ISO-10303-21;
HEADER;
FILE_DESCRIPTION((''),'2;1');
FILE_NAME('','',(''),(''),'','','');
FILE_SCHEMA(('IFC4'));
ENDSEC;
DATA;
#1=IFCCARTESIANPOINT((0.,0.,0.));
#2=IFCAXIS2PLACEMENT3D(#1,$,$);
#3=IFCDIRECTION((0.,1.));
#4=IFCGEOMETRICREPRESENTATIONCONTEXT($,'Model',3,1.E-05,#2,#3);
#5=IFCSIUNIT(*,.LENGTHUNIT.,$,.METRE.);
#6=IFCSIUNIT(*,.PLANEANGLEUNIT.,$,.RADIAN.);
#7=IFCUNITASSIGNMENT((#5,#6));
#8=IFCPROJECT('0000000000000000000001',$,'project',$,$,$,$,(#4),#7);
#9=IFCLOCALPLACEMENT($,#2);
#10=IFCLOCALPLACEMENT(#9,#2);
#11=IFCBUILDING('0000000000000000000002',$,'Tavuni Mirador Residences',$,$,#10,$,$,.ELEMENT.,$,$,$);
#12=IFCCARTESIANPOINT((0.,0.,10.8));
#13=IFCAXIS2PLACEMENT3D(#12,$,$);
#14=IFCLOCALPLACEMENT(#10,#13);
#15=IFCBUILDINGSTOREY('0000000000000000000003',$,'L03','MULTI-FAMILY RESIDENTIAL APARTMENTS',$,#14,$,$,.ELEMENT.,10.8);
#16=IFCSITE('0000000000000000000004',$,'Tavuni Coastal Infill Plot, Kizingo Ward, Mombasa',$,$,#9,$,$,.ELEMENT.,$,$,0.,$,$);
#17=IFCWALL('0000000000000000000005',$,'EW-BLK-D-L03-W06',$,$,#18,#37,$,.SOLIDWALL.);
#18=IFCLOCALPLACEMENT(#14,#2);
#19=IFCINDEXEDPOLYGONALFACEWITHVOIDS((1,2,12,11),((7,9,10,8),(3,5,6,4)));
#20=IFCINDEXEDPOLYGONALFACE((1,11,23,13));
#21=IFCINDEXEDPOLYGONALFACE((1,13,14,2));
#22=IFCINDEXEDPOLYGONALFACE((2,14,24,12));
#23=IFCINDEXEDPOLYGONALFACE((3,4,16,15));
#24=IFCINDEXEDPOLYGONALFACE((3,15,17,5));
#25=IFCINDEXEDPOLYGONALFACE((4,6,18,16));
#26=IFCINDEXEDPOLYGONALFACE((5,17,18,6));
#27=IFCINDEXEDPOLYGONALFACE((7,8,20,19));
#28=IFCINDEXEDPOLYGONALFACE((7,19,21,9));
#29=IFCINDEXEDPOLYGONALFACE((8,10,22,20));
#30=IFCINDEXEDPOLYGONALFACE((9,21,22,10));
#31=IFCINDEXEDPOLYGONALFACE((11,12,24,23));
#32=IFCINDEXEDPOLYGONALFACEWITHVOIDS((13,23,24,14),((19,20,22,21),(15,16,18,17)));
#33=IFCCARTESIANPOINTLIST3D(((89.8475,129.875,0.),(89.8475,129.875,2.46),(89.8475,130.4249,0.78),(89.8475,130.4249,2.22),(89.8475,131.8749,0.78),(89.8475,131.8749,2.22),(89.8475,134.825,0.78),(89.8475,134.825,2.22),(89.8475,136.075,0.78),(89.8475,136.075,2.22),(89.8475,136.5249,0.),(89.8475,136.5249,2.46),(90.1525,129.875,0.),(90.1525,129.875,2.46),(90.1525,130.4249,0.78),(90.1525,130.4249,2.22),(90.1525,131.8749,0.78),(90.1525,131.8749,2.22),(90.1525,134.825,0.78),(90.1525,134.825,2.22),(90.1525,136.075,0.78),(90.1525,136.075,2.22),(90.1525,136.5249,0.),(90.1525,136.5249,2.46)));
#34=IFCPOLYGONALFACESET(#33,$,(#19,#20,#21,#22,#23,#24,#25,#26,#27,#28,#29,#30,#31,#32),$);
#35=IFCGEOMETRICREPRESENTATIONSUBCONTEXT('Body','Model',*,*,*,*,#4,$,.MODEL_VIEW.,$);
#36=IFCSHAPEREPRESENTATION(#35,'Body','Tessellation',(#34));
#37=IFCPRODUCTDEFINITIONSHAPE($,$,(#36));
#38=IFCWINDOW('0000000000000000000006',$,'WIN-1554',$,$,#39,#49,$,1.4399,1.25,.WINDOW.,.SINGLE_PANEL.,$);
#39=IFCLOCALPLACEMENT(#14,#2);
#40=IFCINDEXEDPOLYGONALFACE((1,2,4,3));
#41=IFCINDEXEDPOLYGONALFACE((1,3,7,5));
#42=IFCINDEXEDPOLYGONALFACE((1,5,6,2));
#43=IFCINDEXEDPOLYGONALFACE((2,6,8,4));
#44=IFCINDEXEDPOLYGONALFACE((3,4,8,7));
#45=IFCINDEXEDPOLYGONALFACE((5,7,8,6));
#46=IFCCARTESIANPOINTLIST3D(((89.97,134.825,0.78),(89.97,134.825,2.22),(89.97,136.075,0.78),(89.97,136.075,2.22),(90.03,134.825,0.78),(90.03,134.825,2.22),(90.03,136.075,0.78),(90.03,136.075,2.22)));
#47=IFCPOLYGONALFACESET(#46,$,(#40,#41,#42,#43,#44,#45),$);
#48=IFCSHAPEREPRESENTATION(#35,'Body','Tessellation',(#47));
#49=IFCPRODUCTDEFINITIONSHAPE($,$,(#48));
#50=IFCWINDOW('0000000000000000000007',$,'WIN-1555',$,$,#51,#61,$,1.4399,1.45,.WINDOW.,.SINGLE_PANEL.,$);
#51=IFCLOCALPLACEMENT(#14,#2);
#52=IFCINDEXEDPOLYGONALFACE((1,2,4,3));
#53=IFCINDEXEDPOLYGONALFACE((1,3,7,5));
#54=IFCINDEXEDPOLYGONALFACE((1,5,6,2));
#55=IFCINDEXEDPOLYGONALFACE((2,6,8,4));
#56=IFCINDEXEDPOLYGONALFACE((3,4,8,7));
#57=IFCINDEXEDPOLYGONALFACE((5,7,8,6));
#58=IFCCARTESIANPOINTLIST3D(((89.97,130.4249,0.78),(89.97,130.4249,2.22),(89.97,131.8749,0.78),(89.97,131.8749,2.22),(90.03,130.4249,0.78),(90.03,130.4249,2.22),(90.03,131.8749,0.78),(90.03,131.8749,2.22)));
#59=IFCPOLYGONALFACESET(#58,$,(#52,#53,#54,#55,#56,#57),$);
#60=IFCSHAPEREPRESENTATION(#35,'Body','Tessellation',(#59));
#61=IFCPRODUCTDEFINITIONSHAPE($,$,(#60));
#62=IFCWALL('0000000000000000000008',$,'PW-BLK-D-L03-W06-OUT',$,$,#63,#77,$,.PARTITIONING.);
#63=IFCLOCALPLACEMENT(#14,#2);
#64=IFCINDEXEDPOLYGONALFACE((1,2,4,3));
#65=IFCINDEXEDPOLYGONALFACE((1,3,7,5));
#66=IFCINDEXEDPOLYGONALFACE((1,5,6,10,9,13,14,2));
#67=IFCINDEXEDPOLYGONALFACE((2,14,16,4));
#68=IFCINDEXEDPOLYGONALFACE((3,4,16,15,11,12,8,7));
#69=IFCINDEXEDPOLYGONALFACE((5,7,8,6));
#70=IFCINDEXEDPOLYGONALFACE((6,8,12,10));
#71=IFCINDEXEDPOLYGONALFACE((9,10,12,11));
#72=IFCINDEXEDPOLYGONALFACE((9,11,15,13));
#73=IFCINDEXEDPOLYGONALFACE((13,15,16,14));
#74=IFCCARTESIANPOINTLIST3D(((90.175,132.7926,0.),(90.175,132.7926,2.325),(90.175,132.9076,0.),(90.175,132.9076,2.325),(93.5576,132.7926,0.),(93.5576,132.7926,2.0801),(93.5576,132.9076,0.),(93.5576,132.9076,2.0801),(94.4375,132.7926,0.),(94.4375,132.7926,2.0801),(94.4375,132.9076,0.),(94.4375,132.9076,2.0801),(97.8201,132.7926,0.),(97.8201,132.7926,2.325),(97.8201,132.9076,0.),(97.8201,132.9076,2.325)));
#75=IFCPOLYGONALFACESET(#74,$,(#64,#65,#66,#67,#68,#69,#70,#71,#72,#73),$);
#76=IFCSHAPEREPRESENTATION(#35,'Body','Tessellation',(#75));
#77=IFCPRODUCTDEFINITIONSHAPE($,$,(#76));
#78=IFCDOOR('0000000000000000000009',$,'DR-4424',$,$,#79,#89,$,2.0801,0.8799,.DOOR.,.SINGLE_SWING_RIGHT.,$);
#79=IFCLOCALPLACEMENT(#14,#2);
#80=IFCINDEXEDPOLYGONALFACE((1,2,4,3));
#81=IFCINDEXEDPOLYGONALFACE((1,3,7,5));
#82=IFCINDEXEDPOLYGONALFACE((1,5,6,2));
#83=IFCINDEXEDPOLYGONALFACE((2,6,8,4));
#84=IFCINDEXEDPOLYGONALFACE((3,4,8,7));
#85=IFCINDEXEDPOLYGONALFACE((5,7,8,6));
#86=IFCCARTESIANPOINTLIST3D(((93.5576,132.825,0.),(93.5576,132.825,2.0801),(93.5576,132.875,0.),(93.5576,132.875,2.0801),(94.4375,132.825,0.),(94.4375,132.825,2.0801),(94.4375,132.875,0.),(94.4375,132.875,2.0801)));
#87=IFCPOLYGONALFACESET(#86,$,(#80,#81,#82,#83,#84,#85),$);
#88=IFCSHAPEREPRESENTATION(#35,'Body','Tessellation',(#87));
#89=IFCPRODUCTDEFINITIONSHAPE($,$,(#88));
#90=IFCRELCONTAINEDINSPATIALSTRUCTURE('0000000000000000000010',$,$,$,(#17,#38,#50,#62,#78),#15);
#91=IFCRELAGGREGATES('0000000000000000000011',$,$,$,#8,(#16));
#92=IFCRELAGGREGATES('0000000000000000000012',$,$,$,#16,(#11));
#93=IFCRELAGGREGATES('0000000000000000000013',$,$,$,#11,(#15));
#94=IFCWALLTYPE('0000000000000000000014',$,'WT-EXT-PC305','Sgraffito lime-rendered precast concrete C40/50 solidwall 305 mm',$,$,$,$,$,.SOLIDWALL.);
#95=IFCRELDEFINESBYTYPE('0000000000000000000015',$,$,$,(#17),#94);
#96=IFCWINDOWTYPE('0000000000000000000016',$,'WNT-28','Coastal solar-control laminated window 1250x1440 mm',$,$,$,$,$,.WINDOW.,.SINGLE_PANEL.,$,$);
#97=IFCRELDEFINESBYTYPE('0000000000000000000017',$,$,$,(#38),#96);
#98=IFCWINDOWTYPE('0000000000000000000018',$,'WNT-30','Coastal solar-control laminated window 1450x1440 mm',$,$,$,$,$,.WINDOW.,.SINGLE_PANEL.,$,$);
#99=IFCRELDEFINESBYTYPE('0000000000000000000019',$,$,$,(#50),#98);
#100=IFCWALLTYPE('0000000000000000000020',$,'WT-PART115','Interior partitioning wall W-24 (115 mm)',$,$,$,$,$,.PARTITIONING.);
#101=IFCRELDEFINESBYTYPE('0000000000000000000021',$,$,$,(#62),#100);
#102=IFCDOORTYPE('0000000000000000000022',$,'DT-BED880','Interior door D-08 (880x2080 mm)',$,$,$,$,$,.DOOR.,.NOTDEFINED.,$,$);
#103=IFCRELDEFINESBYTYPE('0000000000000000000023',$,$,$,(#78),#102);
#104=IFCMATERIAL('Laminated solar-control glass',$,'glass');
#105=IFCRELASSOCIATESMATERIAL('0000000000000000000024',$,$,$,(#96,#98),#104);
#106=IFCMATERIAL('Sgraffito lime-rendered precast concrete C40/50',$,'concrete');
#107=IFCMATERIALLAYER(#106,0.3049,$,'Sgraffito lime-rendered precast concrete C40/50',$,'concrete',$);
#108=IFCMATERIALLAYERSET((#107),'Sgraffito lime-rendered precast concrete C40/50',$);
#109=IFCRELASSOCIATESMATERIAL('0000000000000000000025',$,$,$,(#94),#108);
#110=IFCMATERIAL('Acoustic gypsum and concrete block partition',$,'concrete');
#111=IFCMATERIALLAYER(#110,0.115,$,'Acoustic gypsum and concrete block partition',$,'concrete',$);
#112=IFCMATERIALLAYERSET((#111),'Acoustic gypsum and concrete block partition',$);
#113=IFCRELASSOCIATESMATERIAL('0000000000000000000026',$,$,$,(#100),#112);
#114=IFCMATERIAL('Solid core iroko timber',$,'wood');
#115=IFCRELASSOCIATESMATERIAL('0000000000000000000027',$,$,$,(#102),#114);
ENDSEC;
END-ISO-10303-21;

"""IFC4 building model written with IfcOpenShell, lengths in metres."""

from ifc_helpers import new_model, si_unit, direction, frame, frame_2d, origin, place, context, subcontext, project, spatial, rectangle, extrude, material, layer, layer_set, type_object, element, fill, save


model = new_model("IFC4")

# Units and contexts
model_context = context("Model", 3, precision=1e-05, world=origin(), true_north=direction((0.0, 1.0)))
body_context = subcontext(model_context, "Body", "Model", "MODEL_VIEW")
ifc_project = project(units=[si_unit("LENGTHUNIT", "METRE"), si_unit("PLANEANGLEUNIT", "RADIAN")], contexts=[model_context])

# Site, building, storey
site_placement = place(None, origin())
site = spatial("IfcSite", under=ifc_project, at=site_placement, Name="Tavuni Coastal Infill Plot, Kizingo Ward, Mombasa", CompositionType="ELEMENT", RefElevation=0.0)
building_placement = place(site_placement, origin())
building = spatial("IfcBuilding", under=site, at=building_placement, Name="Tavuni Mirador Residences", CompositionType="ELEMENT")
storey_placement = place(building_placement, frame((0.0, 0.0, 10.8)))
storey = spatial("IfcBuildingStorey", under=building, at=storey_placement, Name="L03", Description="MULTI-FAMILY RESIDENTIAL APARTMENTS", CompositionType="ELEMENT", Elevation=10.8)

# Wall, openings, windows
ifc_material_1 = material(Name="Sgraffito lime-rendered precast concrete C40/50", Category="concrete")
ifc_material_2 = material(Name="Laminated solar-control glass", Category="glass")
window_type_1 = type_object("IfcWindowType", Name="WNT-28", Description="Coastal solar-control laminated window 1250x1440 mm", PartitioningType="SINGLE_PANEL", PredefinedType="WINDOW", material=ifc_material_2)
ifc_layer_1 = layer(ifc_material_1, 0.3049, Name="Sgraffito lime-rendered precast concrete C40/50", Category="concrete")
ifc_layer_set_1 = layer_set([ifc_layer_1], Name="Sgraffito lime-rendered precast concrete C40/50")
wall_type_1 = type_object("IfcWallType", Name="WT-EXT-PC305", Description="Sgraffito lime-rendered precast concrete C40/50 solidwall 305 mm", PredefinedType="SOLIDWALL", material=ifc_layer_set_1)
wall_1_placement = place(storey_placement, frame((90.0, 136.5249, 0.0), z_axis=(0.0, 0.0, 1.0), x_axis=(0.0, -1.0, 0.0)))
wall_1 = element("IfcWall", 1, at=wall_1_placement, inside=storey, type_object=wall_type_1, Name="EW-BLK-D-L03-W06", PredefinedType="SOLIDWALL", context=body_context, shape_type="SweptSolid", body=[
    extrude(rectangle(XDim=6.6499, YDim=0.3049, at=frame_2d((3.325, 0.0))), origin(), (0.0, 0.0, 1.0), 2.46),
])
opening_1_placement = place(wall_1_placement, frame((0.45, 0.0, 0.78)))
opening_1 = element("IfcOpeningElement", 2, at=opening_1_placement, cuts=wall_1, PredefinedType="OPENING", context=body_context, shape_type="SweptSolid", body=[
    extrude(rectangle(XDim=1.25, YDim=1.4399, at=frame_2d((0.625, 0.72))), frame((0.0, 0.1626, 0.0), z_axis=(0.0, -1.0, 0.0), x_axis=(1.0, 0.0, 0.0)), (0.0, 0.0, 1.0), 0.325),
])
opening_2_placement = place(wall_1_placement, frame((4.6499, 0.0, 0.78)))
opening_2 = element("IfcOpeningElement", 3, at=opening_2_placement, cuts=wall_1, PredefinedType="OPENING", context=body_context, shape_type="SweptSolid", body=[
    extrude(rectangle(XDim=1.45, YDim=1.4399, at=frame_2d((0.7251, 0.72))), frame((0.0, 0.1626, 0.0), z_axis=(0.0, -1.0, 0.0), x_axis=(1.0, 0.0, 0.0)), (0.0, 0.0, 1.0), 0.325),
])
window_1_placement = place(opening_1_placement, origin())
window_1 = element("IfcWindow", 4, at=window_1_placement, inside=storey, type_object=window_type_1, Name="WIN-1554", OverallHeight=1.4399, OverallWidth=1.25, PartitioningType="SINGLE_PANEL", PredefinedType="WINDOW", context=body_context, shape_type="SweptSolid", body=[
    extrude(rectangle(XDim=1.25, YDim=1.4399, at=frame_2d((0.625, 0.72))), frame((0.0, 0.03, 0.0), z_axis=(0.0, -1.0, 0.0), x_axis=(1.0, 0.0, 0.0)), (0.0, 0.0, 1.0), 0.0601),
])
fill(opening_1, window_1)
window_type_2 = type_object("IfcWindowType", Name="WNT-30", Description="Coastal solar-control laminated window 1450x1440 mm", PartitioningType="SINGLE_PANEL", PredefinedType="WINDOW", material=ifc_material_2)
window_2_placement = place(opening_2_placement, origin())
window_2 = element("IfcWindow", 5, at=window_2_placement, inside=storey, type_object=window_type_2, Name="WIN-1555", OverallHeight=1.4399, OverallWidth=1.45, PartitioningType="SINGLE_PANEL", PredefinedType="WINDOW", context=body_context, shape_type="SweptSolid", body=[
    extrude(rectangle(XDim=1.45, YDim=1.4399, at=frame_2d((0.7251, 0.72))), frame((0.0, 0.03, 0.0), z_axis=(0.0, -1.0, 0.0), x_axis=(1.0, 0.0, 0.0)), (0.0, 0.0, 1.0), 0.0601),
])
fill(opening_2, window_2)

# Wall, opening, door
ifc_material_3 = material(Name="Acoustic gypsum and concrete block partition", Category="concrete")
ifc_layer_2 = layer(ifc_material_3, 0.115, Name="Acoustic gypsum and concrete block partition", Category="concrete")
ifc_layer_set_2 = layer_set([ifc_layer_2], Name="Acoustic gypsum and concrete block partition")
wall_type_2 = type_object("IfcWallType", Name="WT-PART115", Description="Interior partitioning wall W-24 (115 mm)", PredefinedType="PARTITIONING", material=ifc_layer_set_2)
wall_2_placement = place(storey_placement, frame((90.175, 132.8501, 0.0), z_axis=(0.0, 0.0, 1.0), x_axis=(1.0, 0.0, 0.0)))
wall_2 = element("IfcWall", 6, at=wall_2_placement, inside=storey, type_object=wall_type_2, Name="PW-BLK-D-L03-W06-OUT", PredefinedType="PARTITIONING", context=body_context, shape_type="SweptSolid", body=[
    extrude(rectangle(XDim=7.645, YDim=0.115, at=frame_2d((3.8225, 0.0))), origin(), (0.0, 0.0, 1.0), 2.325),
])
opening_3_placement = place(wall_2_placement, frame((3.3826, 0.0, 0.0)))
opening_3 = element("IfcOpeningElement", 7, at=opening_3_placement, cuts=wall_2, PredefinedType="OPENING", context=body_context, shape_type="SweptSolid", body=[
    extrude(rectangle(XDim=0.8799, YDim=2.0801, at=frame_2d((0.4399, 1.04))), frame((0.0, 0.0674, 0.0), z_axis=(0.0, -1.0, 0.0), x_axis=(1.0, 0.0, 0.0)), (0.0, 0.0, 1.0), 0.135),
])
ifc_material_4 = material(Name="Solid core iroko timber", Category="wood")
door_type = type_object("IfcDoorType", Name="DT-BED880", Description="Interior door D-08 (880x2080 mm)", OperationType="NOTDEFINED", PredefinedType="DOOR", material=ifc_material_4)
door_placement = place(opening_3_placement, origin())
door = element("IfcDoor", 8, at=door_placement, inside=storey, type_object=door_type, Name="DR-4424", OperationType="SINGLE_SWING_RIGHT", OverallHeight=2.0801, OverallWidth=0.8799, PredefinedType="DOOR", context=body_context, shape_type="SweptSolid", body=[
    extrude(rectangle(XDim=0.8799, YDim=2.0801, at=frame_2d((0.4399, 1.04))), frame((0.0, 0.0249, 0.0), z_axis=(0.0, -1.0, 0.0), x_axis=(1.0, 0.0, 0.0)), (0.0, 0.0, 1.0), 0.05),
])
fill(opening_3, door)

save(model, "model.ifc")
